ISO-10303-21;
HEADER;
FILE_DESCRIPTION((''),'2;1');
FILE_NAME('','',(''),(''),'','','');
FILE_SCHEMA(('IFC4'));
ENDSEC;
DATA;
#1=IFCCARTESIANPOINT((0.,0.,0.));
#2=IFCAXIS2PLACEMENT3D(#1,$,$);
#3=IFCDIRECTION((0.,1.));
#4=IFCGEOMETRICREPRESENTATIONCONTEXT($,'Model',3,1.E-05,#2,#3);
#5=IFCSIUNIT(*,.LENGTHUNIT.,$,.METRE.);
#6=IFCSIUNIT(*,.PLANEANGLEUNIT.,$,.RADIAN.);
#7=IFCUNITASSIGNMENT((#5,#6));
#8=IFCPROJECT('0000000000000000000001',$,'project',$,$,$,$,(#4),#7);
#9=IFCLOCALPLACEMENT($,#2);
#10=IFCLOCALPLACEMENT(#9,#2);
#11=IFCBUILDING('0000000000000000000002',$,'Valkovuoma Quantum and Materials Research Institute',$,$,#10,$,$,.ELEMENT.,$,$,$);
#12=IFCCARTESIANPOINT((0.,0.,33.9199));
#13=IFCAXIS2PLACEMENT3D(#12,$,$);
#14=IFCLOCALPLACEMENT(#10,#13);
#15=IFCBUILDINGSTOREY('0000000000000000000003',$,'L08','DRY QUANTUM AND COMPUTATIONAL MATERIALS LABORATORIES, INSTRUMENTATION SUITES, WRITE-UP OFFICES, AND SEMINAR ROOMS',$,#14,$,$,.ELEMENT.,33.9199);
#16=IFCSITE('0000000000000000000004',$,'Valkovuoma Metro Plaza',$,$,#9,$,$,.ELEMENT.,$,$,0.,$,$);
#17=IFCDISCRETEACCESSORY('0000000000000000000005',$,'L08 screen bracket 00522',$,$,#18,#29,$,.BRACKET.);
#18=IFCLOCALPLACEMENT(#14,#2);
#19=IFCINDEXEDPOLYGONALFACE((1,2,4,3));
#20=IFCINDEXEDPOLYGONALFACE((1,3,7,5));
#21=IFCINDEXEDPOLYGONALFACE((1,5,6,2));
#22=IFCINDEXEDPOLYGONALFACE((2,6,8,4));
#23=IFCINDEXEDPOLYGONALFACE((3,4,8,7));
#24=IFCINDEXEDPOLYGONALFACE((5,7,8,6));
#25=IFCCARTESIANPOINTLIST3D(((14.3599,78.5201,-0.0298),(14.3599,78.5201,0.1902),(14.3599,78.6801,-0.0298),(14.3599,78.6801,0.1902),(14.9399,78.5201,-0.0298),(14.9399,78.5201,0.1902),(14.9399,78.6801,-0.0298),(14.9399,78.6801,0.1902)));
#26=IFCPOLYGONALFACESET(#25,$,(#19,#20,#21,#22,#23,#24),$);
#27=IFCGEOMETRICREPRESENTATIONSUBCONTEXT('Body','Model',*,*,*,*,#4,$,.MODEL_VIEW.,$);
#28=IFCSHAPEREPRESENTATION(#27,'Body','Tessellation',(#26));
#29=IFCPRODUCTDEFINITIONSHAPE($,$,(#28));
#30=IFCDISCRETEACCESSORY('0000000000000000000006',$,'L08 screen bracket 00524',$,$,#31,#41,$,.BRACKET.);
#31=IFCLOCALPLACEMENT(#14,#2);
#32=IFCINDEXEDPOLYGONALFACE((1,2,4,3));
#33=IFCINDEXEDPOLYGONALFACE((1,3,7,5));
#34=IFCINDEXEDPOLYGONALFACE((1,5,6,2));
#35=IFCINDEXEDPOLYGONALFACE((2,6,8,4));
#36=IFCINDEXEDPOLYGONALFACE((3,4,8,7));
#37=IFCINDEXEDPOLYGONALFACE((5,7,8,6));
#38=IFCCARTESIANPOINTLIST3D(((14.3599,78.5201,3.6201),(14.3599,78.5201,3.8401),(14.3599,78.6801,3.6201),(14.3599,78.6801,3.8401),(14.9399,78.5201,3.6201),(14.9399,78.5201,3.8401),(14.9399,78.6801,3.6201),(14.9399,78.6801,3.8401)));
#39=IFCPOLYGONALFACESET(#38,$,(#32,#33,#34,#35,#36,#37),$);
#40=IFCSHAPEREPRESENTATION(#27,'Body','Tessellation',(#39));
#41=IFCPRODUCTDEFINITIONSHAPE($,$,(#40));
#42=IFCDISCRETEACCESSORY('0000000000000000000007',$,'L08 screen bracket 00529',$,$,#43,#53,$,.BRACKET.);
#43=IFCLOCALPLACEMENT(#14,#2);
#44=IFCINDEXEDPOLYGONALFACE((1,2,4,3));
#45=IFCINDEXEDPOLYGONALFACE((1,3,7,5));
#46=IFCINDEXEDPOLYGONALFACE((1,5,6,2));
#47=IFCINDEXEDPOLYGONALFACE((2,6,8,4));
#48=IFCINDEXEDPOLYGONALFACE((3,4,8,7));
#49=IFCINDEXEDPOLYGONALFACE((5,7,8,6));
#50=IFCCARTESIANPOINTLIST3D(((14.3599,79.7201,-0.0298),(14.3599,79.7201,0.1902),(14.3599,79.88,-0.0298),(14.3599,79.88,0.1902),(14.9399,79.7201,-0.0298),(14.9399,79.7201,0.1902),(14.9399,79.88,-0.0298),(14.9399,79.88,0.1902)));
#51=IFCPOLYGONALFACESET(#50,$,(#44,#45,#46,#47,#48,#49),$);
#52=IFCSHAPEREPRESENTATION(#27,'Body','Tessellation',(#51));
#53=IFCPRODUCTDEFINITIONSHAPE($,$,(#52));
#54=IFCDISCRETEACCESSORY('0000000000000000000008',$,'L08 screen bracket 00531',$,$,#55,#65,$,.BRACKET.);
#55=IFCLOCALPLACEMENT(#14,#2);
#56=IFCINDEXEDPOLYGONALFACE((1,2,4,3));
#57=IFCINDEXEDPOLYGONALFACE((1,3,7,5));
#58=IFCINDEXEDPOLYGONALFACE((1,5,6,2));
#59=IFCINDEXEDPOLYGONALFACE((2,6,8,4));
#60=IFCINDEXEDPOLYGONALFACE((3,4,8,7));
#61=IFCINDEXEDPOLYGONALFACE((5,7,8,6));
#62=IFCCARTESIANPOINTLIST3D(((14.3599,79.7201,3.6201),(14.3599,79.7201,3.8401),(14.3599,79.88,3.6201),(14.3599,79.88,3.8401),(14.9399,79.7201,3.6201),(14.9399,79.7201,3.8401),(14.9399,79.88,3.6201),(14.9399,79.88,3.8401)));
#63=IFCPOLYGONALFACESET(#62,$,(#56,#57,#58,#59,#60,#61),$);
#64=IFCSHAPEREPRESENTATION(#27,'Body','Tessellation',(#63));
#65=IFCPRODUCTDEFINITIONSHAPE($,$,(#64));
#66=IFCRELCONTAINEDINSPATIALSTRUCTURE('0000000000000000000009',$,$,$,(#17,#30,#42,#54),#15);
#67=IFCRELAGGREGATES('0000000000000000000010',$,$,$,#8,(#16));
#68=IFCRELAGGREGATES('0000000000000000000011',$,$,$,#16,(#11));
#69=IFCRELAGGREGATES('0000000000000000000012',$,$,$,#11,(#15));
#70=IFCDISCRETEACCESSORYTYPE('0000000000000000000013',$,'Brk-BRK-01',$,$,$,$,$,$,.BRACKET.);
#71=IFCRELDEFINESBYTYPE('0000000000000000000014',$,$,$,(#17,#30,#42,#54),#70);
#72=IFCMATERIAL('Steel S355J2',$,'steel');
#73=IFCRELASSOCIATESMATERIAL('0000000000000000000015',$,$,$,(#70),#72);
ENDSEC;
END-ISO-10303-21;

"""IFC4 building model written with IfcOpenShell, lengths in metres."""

from ifc_helpers import new_model, si_unit, direction, frame, origin, origin_2d, place, context, subcontext, project, spatial, rectangle, extrude, material, type_object, element, save


model = new_model("IFC4")

# Units and contexts
model_context = context("Model", 3, precision=1e-05, world=origin(), true_north=direction((0.0, 1.0)))
body_context = subcontext(model_context, "Body", "Model", "MODEL_VIEW")
ifc_project = project(units=[si_unit("LENGTHUNIT", "METRE"), si_unit("PLANEANGLEUNIT", "RADIAN")], contexts=[model_context])

# Site, building, storey
site_placement = place(None, origin())
site = spatial("IfcSite", under=ifc_project, at=site_placement, Name="Valkovuoma Metro Plaza", CompositionType="ELEMENT", RefElevation=0.0)
building_placement = place(site_placement, origin())
building = spatial("IfcBuilding", under=site, at=building_placement, Name="Valkovuoma Quantum and Materials Research Institute", CompositionType="ELEMENT")
storey_placement = place(building_placement, frame((0.0, 0.0, 33.9199)))
storey = spatial("IfcBuildingStorey", under=building, at=storey_placement, Name="L08", Description="DRY QUANTUM AND COMPUTATIONAL MATERIALS LABORATORIES, INSTRUMENTATION SUITES, WRITE-UP OFFICES, AND SEMINAR ROOMS", CompositionType="ELEMENT", Elevation=33.9199)

# Discrete accessories
ifc_material_1 = material(Name="Steel S355J2", Category="steel")
discrete_accessory_type = type_object("IfcDiscreteAccessoryType", Name="Brk-BRK-01", PredefinedType="BRACKET", material=ifc_material_1)
for number, where, z_axis, x_axis, name in (
    (1, (14.6499, 78.6001, -0.0298), (0.0, 0.0, 1.0), (1.0, 0.0, 0.0), "L08 screen bracket 00522"),
    (2, (14.6499, 78.6001, 3.6201), (0.0, 0.0, 1.0), (1.0, 0.0, 0.0), "L08 screen bracket 00524"),
    (3, (14.6499, 79.8, -0.0298), (0.0, 0.0, 1.0), (1.0, 0.0, 0.0), "L08 screen bracket 00529"),
    (4, (14.6499, 79.8, 3.6201), (0.0, 0.0, 1.0), (1.0, 0.0, 0.0), "L08 screen bracket 00531"),
):
    element("IfcDiscreteAccessory", number, at=place(storey_placement, frame(where, z_axis=z_axis, x_axis=x_axis)), inside=storey, type_object=discrete_accessory_type, Name=name, PredefinedType="BRACKET", context=body_context, shape_type="SweptSolid", body=[
        extrude(rectangle(XDim=0.5801, YDim=0.1599, at=origin_2d()), origin(), (0.0, 0.0, 1.0), 0.22),
    ])

save(model, "model.ifc")
